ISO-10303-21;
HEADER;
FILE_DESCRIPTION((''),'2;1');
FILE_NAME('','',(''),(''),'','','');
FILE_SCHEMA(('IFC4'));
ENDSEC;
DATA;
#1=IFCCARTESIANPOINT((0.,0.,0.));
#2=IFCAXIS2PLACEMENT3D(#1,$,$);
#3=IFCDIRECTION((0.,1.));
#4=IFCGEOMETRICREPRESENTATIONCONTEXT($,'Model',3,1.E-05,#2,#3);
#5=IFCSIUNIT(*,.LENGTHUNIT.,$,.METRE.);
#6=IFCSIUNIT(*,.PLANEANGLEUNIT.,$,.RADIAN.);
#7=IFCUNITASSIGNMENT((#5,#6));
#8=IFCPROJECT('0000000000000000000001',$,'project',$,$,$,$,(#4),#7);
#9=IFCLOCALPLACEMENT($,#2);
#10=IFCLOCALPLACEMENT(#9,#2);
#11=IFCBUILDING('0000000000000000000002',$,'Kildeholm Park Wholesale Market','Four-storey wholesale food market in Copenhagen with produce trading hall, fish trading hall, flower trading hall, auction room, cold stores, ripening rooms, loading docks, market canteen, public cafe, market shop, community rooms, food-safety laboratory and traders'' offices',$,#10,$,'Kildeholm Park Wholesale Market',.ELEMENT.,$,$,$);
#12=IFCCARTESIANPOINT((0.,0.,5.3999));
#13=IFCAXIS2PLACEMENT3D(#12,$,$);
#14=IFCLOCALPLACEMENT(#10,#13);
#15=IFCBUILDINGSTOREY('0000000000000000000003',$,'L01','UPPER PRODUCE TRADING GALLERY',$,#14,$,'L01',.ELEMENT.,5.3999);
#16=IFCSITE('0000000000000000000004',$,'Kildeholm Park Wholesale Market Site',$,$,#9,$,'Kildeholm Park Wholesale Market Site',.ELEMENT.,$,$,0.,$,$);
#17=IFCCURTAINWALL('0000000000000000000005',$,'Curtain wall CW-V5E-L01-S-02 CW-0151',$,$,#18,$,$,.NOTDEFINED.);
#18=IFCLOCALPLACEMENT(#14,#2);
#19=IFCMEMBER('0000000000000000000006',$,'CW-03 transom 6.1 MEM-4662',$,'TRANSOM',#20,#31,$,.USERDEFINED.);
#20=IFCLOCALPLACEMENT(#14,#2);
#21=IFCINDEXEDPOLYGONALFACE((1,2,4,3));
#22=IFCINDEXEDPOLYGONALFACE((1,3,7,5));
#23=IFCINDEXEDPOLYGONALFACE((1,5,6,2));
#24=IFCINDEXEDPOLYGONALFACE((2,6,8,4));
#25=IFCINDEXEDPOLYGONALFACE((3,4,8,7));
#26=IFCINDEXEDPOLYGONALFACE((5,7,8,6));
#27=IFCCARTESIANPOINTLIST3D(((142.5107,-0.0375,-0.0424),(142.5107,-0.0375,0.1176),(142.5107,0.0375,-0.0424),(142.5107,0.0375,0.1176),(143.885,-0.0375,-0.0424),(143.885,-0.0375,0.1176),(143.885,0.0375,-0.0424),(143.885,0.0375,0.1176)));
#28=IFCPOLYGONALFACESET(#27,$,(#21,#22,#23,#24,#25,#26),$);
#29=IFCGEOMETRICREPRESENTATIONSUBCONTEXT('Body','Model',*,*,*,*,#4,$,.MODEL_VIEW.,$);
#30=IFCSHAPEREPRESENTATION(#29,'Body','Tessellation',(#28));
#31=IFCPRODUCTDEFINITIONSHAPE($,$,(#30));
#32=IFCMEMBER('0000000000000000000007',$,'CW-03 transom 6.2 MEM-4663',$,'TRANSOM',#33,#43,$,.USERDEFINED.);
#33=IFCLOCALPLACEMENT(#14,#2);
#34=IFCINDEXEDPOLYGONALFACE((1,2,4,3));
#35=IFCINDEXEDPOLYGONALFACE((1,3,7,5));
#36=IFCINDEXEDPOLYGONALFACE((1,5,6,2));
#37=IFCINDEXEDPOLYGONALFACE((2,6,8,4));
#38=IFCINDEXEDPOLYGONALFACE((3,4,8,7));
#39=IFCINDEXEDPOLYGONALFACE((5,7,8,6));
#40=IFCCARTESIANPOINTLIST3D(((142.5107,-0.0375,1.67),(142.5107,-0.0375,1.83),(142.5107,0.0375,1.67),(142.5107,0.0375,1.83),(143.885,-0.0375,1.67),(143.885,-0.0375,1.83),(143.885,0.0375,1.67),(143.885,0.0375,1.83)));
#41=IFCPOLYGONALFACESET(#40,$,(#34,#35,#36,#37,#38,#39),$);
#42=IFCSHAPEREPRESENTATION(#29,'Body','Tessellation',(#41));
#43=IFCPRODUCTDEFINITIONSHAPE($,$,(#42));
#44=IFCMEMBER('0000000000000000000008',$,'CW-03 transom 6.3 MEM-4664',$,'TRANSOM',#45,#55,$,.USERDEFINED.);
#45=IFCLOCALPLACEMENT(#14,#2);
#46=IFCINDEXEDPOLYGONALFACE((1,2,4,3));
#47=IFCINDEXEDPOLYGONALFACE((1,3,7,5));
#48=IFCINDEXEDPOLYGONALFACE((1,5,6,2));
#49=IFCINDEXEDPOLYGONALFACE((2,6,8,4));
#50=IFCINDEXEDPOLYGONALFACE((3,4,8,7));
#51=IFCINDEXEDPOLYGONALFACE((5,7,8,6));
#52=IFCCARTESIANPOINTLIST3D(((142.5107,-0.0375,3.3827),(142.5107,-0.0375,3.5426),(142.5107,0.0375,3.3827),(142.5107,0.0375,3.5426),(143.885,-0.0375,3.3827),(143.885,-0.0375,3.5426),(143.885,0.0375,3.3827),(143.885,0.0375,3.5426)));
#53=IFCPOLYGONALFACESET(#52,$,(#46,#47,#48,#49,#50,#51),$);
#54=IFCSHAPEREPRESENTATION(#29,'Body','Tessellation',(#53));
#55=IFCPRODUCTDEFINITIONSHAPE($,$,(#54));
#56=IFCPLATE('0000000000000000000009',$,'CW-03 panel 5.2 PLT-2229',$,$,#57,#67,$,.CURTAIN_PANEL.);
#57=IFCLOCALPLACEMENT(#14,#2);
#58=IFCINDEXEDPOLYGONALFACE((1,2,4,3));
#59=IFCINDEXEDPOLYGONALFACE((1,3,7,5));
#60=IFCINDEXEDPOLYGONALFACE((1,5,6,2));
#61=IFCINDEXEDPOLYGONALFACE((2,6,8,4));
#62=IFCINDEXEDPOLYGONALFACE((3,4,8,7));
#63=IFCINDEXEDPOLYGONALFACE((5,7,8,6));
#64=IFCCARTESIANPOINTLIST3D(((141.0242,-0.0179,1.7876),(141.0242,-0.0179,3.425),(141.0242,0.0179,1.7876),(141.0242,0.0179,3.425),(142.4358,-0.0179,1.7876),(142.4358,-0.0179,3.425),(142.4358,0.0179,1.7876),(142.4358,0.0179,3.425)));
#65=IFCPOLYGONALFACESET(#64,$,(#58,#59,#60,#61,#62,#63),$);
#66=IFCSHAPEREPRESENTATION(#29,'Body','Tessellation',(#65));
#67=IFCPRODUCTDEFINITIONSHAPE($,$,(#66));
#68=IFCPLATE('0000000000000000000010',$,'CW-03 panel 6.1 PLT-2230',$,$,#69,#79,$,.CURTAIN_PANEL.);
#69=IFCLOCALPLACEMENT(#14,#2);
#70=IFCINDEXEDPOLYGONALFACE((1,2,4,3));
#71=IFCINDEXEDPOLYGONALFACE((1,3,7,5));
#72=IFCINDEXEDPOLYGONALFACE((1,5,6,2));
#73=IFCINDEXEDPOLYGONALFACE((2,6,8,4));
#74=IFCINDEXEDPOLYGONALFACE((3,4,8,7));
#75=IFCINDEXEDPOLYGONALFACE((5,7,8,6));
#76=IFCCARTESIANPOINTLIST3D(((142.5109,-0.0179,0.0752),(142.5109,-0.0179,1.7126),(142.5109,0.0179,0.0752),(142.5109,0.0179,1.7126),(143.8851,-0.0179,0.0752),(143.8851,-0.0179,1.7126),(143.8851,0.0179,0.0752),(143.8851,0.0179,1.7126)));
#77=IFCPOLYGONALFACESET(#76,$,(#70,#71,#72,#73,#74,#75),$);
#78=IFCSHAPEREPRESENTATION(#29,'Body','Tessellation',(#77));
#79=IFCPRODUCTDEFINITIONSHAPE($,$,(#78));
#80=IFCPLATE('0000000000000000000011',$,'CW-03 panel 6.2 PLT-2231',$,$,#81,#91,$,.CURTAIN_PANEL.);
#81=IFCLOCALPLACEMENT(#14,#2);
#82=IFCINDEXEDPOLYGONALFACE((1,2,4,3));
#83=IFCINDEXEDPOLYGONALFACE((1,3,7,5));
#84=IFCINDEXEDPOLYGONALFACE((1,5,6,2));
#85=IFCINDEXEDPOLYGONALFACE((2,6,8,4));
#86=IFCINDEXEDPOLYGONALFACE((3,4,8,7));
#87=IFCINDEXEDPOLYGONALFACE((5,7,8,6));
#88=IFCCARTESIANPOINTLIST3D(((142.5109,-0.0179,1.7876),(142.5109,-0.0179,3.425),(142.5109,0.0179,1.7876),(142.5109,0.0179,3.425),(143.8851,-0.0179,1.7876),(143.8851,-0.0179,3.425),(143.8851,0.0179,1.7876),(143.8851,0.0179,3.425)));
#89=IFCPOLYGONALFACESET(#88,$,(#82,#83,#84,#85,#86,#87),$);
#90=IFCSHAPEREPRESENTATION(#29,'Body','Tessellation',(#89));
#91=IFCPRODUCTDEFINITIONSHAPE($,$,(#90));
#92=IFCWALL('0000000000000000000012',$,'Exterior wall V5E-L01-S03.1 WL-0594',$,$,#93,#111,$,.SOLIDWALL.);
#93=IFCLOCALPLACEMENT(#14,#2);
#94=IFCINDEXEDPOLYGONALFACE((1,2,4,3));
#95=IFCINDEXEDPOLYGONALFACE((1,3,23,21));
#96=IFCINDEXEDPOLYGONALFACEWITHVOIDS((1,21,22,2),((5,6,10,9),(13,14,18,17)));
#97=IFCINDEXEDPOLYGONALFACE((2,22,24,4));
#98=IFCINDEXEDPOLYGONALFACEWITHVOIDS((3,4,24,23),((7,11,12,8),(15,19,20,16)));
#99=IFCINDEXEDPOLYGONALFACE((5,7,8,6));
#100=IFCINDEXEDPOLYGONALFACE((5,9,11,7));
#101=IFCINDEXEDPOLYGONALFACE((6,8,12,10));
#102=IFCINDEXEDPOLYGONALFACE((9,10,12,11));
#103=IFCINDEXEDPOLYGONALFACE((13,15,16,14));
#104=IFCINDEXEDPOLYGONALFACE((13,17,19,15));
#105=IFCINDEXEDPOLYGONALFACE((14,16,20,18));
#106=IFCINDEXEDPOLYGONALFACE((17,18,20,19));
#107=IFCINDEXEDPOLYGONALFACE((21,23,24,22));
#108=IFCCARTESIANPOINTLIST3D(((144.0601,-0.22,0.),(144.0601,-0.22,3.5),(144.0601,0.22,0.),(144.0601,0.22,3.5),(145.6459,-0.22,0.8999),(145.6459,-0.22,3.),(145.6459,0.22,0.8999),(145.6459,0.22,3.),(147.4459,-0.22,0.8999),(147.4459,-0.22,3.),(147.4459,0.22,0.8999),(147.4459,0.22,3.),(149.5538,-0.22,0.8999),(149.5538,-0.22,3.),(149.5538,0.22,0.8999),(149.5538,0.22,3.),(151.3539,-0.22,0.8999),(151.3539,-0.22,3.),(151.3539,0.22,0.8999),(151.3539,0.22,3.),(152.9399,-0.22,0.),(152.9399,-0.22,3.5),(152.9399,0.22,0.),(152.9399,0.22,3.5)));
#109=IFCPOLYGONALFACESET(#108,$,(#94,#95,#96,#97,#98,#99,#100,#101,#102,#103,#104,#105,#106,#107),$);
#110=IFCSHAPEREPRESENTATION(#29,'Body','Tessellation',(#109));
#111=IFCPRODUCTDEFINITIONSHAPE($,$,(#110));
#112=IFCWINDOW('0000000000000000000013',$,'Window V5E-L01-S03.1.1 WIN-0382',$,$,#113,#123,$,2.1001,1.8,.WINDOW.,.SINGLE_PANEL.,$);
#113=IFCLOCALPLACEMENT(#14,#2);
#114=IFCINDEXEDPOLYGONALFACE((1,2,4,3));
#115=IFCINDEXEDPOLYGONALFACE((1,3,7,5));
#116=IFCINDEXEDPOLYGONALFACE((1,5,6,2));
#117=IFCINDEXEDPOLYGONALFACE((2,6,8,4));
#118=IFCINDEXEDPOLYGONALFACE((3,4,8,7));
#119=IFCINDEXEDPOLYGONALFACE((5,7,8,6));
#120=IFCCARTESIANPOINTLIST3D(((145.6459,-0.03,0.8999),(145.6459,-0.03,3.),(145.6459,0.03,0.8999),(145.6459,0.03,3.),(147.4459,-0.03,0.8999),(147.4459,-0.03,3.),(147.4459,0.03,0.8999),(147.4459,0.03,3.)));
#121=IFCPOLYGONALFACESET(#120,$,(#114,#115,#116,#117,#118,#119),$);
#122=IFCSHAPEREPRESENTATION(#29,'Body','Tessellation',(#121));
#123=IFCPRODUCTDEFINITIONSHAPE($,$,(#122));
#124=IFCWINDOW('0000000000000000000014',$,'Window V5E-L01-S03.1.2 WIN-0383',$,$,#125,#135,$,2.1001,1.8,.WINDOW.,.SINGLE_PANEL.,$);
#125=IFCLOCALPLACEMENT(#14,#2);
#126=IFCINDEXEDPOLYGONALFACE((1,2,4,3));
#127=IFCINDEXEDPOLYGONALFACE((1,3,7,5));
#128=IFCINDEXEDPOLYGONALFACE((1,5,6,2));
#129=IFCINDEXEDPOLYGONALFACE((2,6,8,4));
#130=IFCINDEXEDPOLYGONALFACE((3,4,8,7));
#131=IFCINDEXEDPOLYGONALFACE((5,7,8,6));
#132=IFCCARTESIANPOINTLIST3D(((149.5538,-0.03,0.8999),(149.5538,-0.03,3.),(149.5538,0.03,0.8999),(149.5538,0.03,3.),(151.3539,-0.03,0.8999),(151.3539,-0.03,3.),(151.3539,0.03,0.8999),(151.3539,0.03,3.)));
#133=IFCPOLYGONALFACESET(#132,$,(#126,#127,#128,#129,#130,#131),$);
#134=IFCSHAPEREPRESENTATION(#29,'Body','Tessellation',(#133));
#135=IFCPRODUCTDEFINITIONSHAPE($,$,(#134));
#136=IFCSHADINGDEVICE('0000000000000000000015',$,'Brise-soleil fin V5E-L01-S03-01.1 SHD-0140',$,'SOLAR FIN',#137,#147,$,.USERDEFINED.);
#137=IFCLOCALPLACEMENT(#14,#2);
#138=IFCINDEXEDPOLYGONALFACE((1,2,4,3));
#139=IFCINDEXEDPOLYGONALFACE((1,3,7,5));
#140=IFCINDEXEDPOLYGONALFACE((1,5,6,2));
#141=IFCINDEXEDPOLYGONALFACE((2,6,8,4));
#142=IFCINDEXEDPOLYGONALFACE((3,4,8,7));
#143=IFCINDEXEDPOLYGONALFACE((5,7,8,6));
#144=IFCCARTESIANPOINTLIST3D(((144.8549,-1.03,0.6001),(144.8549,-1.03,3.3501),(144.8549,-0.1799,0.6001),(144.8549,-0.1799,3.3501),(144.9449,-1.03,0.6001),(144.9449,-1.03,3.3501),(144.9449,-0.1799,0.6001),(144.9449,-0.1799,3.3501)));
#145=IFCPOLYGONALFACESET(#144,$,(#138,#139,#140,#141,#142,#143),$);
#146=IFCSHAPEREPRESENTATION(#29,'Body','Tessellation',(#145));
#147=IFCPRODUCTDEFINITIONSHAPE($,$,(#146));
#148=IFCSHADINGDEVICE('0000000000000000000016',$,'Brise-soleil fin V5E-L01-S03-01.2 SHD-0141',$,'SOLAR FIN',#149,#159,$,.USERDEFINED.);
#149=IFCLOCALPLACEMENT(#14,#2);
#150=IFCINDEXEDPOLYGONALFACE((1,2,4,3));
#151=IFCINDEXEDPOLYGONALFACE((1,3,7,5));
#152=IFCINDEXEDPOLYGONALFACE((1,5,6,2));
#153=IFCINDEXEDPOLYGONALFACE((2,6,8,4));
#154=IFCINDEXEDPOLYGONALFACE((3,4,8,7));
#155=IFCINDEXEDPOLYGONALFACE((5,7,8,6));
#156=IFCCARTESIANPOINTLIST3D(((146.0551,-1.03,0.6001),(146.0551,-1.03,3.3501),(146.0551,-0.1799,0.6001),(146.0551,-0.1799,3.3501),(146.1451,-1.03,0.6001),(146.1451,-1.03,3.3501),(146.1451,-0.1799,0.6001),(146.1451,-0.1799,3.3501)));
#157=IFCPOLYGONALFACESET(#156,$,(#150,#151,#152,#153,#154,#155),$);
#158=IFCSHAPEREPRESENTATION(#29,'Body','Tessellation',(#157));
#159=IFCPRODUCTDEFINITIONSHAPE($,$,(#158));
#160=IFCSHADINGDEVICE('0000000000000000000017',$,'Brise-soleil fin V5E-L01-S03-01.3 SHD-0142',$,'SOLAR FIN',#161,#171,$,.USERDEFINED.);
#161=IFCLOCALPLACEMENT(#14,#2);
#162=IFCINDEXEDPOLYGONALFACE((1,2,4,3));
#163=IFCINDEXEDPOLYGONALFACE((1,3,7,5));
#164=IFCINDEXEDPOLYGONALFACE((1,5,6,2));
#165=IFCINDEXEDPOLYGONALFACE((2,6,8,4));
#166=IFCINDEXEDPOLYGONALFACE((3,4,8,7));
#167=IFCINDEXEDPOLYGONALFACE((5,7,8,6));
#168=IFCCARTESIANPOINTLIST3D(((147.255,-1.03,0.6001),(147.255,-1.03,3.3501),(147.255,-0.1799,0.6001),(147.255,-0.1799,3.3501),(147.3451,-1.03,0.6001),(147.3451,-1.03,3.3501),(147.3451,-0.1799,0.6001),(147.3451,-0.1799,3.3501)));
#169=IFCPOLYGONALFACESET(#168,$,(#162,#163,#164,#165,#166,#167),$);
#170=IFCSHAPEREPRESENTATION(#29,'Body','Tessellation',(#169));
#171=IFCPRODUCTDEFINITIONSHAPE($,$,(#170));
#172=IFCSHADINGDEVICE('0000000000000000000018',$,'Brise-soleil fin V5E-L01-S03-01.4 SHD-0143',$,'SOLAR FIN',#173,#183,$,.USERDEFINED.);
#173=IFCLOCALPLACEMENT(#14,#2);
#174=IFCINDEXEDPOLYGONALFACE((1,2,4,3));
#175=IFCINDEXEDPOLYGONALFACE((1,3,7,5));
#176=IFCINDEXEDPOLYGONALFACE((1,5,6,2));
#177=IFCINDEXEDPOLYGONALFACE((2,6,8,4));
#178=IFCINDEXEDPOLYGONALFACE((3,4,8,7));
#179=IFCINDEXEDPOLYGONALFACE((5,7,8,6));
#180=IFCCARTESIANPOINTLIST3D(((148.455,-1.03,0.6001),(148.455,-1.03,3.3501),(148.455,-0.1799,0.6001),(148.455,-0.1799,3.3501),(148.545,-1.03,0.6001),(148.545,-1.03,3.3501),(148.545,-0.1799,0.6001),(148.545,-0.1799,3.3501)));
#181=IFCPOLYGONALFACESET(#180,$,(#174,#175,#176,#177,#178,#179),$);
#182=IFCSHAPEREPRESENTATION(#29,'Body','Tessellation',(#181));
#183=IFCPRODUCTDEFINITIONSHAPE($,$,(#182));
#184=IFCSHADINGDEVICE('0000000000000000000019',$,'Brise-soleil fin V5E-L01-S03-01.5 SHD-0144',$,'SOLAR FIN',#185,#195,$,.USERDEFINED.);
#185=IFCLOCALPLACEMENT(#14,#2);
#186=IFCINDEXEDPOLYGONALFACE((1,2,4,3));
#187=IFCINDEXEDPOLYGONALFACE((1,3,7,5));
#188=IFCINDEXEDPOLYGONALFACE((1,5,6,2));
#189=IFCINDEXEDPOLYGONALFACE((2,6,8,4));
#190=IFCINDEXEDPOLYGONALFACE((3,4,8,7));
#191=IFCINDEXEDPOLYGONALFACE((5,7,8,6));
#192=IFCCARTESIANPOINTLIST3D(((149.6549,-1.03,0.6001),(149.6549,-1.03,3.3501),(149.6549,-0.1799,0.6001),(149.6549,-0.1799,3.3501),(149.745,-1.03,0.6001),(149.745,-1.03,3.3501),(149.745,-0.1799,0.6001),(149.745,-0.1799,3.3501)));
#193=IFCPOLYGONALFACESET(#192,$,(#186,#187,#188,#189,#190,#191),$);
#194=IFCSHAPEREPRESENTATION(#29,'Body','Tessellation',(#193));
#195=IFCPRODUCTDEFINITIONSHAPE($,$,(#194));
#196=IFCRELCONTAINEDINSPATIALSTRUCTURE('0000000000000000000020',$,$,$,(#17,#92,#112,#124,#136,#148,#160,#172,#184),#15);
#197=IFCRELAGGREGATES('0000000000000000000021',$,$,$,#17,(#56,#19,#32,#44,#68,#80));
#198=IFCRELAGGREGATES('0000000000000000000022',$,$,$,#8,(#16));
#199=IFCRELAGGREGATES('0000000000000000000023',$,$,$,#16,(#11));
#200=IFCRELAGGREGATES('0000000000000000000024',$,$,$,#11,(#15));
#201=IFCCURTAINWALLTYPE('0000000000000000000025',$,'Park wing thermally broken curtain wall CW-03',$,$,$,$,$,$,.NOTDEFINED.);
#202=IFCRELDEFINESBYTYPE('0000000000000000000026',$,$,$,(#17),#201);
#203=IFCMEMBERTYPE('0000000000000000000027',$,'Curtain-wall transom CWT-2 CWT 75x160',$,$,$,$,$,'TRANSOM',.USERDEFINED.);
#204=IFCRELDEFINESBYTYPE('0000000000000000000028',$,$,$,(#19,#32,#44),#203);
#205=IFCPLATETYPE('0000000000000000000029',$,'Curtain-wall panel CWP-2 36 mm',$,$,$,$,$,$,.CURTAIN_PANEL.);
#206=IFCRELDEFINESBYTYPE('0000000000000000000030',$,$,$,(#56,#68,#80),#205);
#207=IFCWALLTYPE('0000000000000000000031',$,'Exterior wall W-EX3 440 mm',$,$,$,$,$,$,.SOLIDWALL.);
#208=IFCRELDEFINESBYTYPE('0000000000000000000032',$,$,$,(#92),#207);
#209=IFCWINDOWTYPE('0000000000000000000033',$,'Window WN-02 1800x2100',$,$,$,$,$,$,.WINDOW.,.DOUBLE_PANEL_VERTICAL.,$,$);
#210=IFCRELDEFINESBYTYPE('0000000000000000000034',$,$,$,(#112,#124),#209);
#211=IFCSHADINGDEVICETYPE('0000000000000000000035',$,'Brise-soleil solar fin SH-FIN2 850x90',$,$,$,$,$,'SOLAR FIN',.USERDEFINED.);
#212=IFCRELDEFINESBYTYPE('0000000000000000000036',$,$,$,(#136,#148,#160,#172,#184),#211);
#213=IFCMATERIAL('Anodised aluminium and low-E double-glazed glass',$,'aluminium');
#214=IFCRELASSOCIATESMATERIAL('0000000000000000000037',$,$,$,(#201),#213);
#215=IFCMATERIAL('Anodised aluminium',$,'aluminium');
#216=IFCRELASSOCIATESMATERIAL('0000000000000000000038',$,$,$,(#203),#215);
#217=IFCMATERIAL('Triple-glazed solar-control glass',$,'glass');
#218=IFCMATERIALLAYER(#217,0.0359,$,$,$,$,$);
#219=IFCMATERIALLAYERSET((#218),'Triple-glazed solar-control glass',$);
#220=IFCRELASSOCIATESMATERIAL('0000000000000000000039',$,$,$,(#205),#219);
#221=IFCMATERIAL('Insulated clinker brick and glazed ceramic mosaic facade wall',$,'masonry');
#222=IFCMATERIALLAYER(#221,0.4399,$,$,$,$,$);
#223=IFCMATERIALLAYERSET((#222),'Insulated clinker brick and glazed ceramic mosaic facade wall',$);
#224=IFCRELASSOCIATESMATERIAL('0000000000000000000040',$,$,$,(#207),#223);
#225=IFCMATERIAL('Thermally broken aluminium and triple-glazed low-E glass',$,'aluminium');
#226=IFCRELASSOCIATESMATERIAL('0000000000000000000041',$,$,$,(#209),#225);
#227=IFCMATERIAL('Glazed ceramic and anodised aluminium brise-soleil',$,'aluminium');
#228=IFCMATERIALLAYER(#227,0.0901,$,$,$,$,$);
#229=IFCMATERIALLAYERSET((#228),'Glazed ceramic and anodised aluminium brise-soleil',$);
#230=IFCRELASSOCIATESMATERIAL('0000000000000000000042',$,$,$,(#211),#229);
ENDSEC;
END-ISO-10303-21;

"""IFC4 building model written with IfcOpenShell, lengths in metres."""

from ifc_helpers import new_model, si_unit, direction, frame, frame_2d, origin, origin_2d, place, context, subcontext, project, spatial, rectangle, extrude, material, layer, layer_set, material_profile, profile_set, type_object, element, fill, aggregate, save


model = new_model("IFC4")

# Units and contexts
model_context = context("Model", 3, precision=1e-05, world=origin(), true_north=direction((0.0, 1.0)))
body_context = subcontext(model_context, "Body", "Model", "MODEL_VIEW")
ifc_project = project(units=[si_unit("LENGTHUNIT", "METRE"), si_unit("PLANEANGLEUNIT", "RADIAN")], contexts=[model_context])

# Site, building, storey
site_placement = place(None, origin())
site = spatial("IfcSite", under=ifc_project, at=site_placement, Name="Kildeholm Park Wholesale Market Site", LongName="Kildeholm Park Wholesale Market Site", CompositionType="ELEMENT", RefElevation=0.0)
building_placement = place(site_placement, origin())
building = spatial("IfcBuilding", under=site, at=building_placement, Name="Kildeholm Park Wholesale Market", Description="Four-storey wholesale food market in Copenhagen with produce trading hall, fish trading hall, flower trading hall, auction room, cold stores, ripening rooms, loading docks, market canteen, public cafe, market shop, community rooms, food-safety laboratory and traders' offices", LongName="Kildeholm Park Wholesale Market", CompositionType="ELEMENT")
storey_placement = place(building_placement, frame((0.0, 0.0, 5.3999)))
storey = spatial("IfcBuildingStorey", under=building, at=storey_placement, Name="L01", Description="UPPER PRODUCE TRADING GALLERY", LongName="L01", CompositionType="ELEMENT", Elevation=5.3999)

# Curtain wall, members, plates
ifc_material_1 = material(Name="Anodised aluminium and low-E double-glazed glass", Category="aluminium")
curtain_wall_type = type_object("IfcCurtainWallType", Name="Park wing thermally broken curtain wall CW-03", PredefinedType="NOTDEFINED", material=ifc_material_1)
curtain_wall_placement = place(storey_placement, origin())
curtain_wall = element("IfcCurtainWall", 1, at=curtain_wall_placement, inside=storey, type_object=curtain_wall_type, Name="Curtain wall CW-V5E-L01-S-02 CW-0151", PredefinedType="NOTDEFINED")
ifc_material_2 = material(Name="Anodised aluminium", Category="aluminium")
ifc_material_profile_1 = material_profile(ifc_material_2, rectangle(XDim=0.075, YDim=0.1599, at=origin_2d()), Name="CWT 75x160")
ifc_profile_set_1 = profile_set([ifc_material_profile_1], Name="Anodised aluminium")
member_type_1 = type_object("IfcMemberType", Name="Curtain-wall transom CWT-2 CWT 75x160", ElementType="TRANSOM", PredefinedType="USERDEFINED", material=ifc_profile_set_1)
member_1_placement = place(storey_placement, frame((142.5107, 0.0, 0.0376), z_axis=(1.0, 0.0, 0.0), x_axis=(0.0, 1.0, 0.0)))
member_1 = element("IfcMember", 2, at=member_1_placement, type_object=member_type_1, Name="CW-03 transom 6.1 MEM-4662", ObjectType="TRANSOM", PredefinedType="USERDEFINED", context=body_context, shape_type="SweptSolid", body=[
    extrude(rectangle(XDim=0.075, YDim=0.1599, at=origin_2d()), origin(), (0.0, 0.0, 1.0), 1.3743),
])
member_2_placement = place(storey_placement, frame((142.5107, 0.0, 1.75), z_axis=(1.0, 0.0, 0.0), x_axis=(0.0, 1.0, 0.0)))
member_2 = element("IfcMember", 3, at=member_2_placement, type_object=member_type_1, Name="CW-03 transom 6.2 MEM-4663", ObjectType="TRANSOM", PredefinedType="USERDEFINED", context=body_context, shape_type="SweptSolid", body=[
    extrude(rectangle(XDim=0.075, YDim=0.1599, at=origin_2d()), origin(), (0.0, 0.0, 1.0), 1.3743),
])
member_3_placement = place(storey_placement, frame((142.5107, 0.0, 3.4626), z_axis=(1.0, 0.0, 0.0), x_axis=(0.0, 1.0, 0.0)))
member_3 = element("IfcMember", 4, at=member_3_placement, type_object=member_type_1, Name="CW-03 transom 6.3 MEM-4664", ObjectType="TRANSOM", PredefinedType="USERDEFINED", context=body_context, shape_type="SweptSolid", body=[
    extrude(rectangle(XDim=0.075, YDim=0.1599, at=origin_2d()), origin(), (0.0, 0.0, 1.0), 1.3743),
])
ifc_material_3 = material(Name="Triple-glazed solar-control glass", Category="glass")
ifc_layer_1 = layer(ifc_material_3, 0.0359)
ifc_layer_set_1 = layer_set([ifc_layer_1], Name="Triple-glazed solar-control glass")
plate_type = type_object("IfcPlateType", Name="Curtain-wall panel CWP-2 36 mm", PredefinedType="CURTAIN_PANEL", material=ifc_layer_set_1)
plate_1_placement = place(storey_placement, frame((141.73, 0.0, 1.7876), z_axis=(0.0, 0.0, 1.0), x_axis=(1.0, 0.0, 0.0)))
plate_1 = element("IfcPlate", 5, at=plate_1_placement, type_object=plate_type, Name="CW-03 panel 5.2 PLT-2229", PredefinedType="CURTAIN_PANEL", context=body_context, shape_type="SweptSolid", body=[
    extrude(rectangle(XDim=1.4116, YDim=0.0359, at=origin_2d()), origin(), (0.0, 0.0, 1.0), 1.6375),
])
plate_2_placement = place(storey_placement, frame((143.198, 0.0, 0.0752), z_axis=(0.0, 0.0, 1.0), x_axis=(1.0, 0.0, 0.0)))
plate_2 = element("IfcPlate", 6, at=plate_2_placement, type_object=plate_type, Name="CW-03 panel 6.1 PLT-2230", PredefinedType="CURTAIN_PANEL", context=body_context, shape_type="SweptSolid", body=[
    extrude(rectangle(XDim=1.3743, YDim=0.0359, at=origin_2d()), origin(), (0.0, 0.0, 1.0), 1.6375),
])
plate_3_placement = place(storey_placement, frame((143.198, 0.0, 1.7876), z_axis=(0.0, 0.0, 1.0), x_axis=(1.0, 0.0, 0.0)))
plate_3 = element("IfcPlate", 7, at=plate_3_placement, type_object=plate_type, Name="CW-03 panel 6.2 PLT-2231", PredefinedType="CURTAIN_PANEL", context=body_context, shape_type="SweptSolid", body=[
    extrude(rectangle(XDim=1.3743, YDim=0.0359, at=origin_2d()), origin(), (0.0, 0.0, 1.0), 1.6375),
])
aggregate(curtain_wall, [plate_1, member_1, member_2, member_3, plate_2, plate_3])

# Wall, openings, windows
ifc_material_4 = material(Name="Insulated clinker brick and glazed ceramic mosaic facade wall", Category="masonry")
ifc_layer_2 = layer(ifc_material_4, 0.4399)
ifc_layer_set_2 = layer_set([ifc_layer_2], Name="Insulated clinker brick and glazed ceramic mosaic facade wall")
wall_type = type_object("IfcWallType", Name="Exterior wall W-EX3 440 mm", PredefinedType="SOLIDWALL", material=ifc_layer_set_2)
wall_placement = place(storey_placement, frame((144.0601, 0.0, 0.0), z_axis=(0.0, 0.0, 1.0), x_axis=(1.0, 0.0, 0.0)))
wall = element("IfcWall", 8, at=wall_placement, inside=storey, type_object=wall_type, Name="Exterior wall V5E-L01-S03.1 WL-0594", PredefinedType="SOLIDWALL", context=body_context, shape_type="SweptSolid", body=[
    extrude(rectangle(XDim=8.8799, YDim=0.4399, at=frame_2d((4.4399, 0.0))), origin(), (0.0, 0.0, 1.0), 3.5),
])
opening_1_placement = place(wall_placement, frame((1.5859, 0.0, 0.8999)))
opening_1 = element("IfcOpeningElement", 9, at=opening_1_placement, cuts=wall, PredefinedType="OPENING", context=body_context, shape_type="SweptSolid", body=[
    extrude(rectangle(XDim=1.8, YDim=2.1001, at=frame_2d((0.8999, 1.05))), frame((0.0, 0.23, 0.0), z_axis=(0.0, -1.0, 0.0), x_axis=(1.0, 0.0, 0.0)), (0.0, 0.0, 1.0), 0.46),
])
opening_2_placement = place(wall_placement, frame((5.4939, 0.0, 0.8999)))
opening_2 = element("IfcOpeningElement", 10, at=opening_2_placement, cuts=wall, PredefinedType="OPENING", context=body_context, shape_type="SweptSolid", body=[
    extrude(rectangle(XDim=1.8, YDim=2.1001, at=frame_2d((0.8999, 1.05))), frame((0.0, 0.23, 0.0), z_axis=(0.0, -1.0, 0.0), x_axis=(1.0, 0.0, 0.0)), (0.0, 0.0, 1.0), 0.46),
])
ifc_material_5 = material(Name="Thermally broken aluminium and triple-glazed low-E glass", Category="aluminium")
window_type = type_object("IfcWindowType", Name="Window WN-02 1800x2100", PartitioningType="DOUBLE_PANEL_VERTICAL", PredefinedType="WINDOW", material=ifc_material_5)
window_1_placement = place(opening_1_placement, origin())
window_1 = element("IfcWindow", 11, at=window_1_placement, inside=storey, type_object=window_type, Name="Window V5E-L01-S03.1.1 WIN-0382", OverallHeight=2.1001, OverallWidth=1.8, PartitioningType="SINGLE_PANEL", PredefinedType="WINDOW", context=body_context, shape_type="SweptSolid", body=[
    extrude(rectangle(XDim=1.8, YDim=2.1001, at=frame_2d((0.8999, 1.05))), frame((0.0, 0.03, 0.0), z_axis=(0.0, -1.0, 0.0), x_axis=(1.0, 0.0, 0.0)), (0.0, 0.0, 1.0), 0.0601),
])
fill(opening_1, window_1)
window_2_placement = place(opening_2_placement, origin())
window_2 = element("IfcWindow", 12, at=window_2_placement, inside=storey, type_object=window_type, Name="Window V5E-L01-S03.1.2 WIN-0383", OverallHeight=2.1001, OverallWidth=1.8, PartitioningType="SINGLE_PANEL", PredefinedType="WINDOW", context=body_context, shape_type="SweptSolid", body=[
    extrude(rectangle(XDim=1.8, YDim=2.1001, at=frame_2d((0.8999, 1.05))), frame((0.0, 0.03, 0.0), z_axis=(0.0, -1.0, 0.0), x_axis=(1.0, 0.0, 0.0)), (0.0, 0.0, 1.0), 0.0601),
])
fill(opening_2, window_2)

# Shading devices
ifc_material_6 = material(Name="Glazed ceramic and anodised aluminium brise-soleil", Category="aluminium")
ifc_layer_3 = layer(ifc_material_6, 0.0901)
ifc_layer_set_3 = layer_set([ifc_layer_3], Name="Glazed ceramic and anodised aluminium brise-soleil")
shading_device_type = type_object("IfcShadingDeviceType", Name="Brise-soleil solar fin SH-FIN2 850x90", ElementType="SOLAR FIN", PredefinedType="USERDEFINED", material=ifc_layer_set_3)
for number, where, z_axis, x_axis, name in (
    (13, (144.8999, -0.605, 0.6001), (0.0, 0.0, 1.0), (0.0, -1.0, 0.0), "Brise-soleil fin V5E-L01-S03-01.1 SHD-0140"),
    (14, (146.1001, -0.605, 0.6001), (0.0, 0.0, 1.0), (0.0, -1.0, 0.0), "Brise-soleil fin V5E-L01-S03-01.2 SHD-0141"),
    (15, (147.3, -0.605, 0.6001), (0.0, 0.0, 1.0), (0.0, -1.0, 0.0), "Brise-soleil fin V5E-L01-S03-01.3 SHD-0142"),
    (16, (148.5, -0.605, 0.6001), (0.0, 0.0, 1.0), (0.0, -1.0, 0.0), "Brise-soleil fin V5E-L01-S03-01.4 SHD-0143"),
    (17, (149.7, -0.605, 0.6001), (0.0, 0.0, 1.0), (0.0, -1.0, 0.0), "Brise-soleil fin V5E-L01-S03-01.5 SHD-0144"),
):
    element("IfcShadingDevice", number, at=place(storey_placement, frame(where, z_axis=z_axis, x_axis=x_axis)), inside=storey, type_object=shading_device_type, Name=name, ObjectType="SOLAR FIN", PredefinedType="USERDEFINED", context=body_context, shape_type="SweptSolid", body=[
        extrude(rectangle(XDim=0.8501, YDim=0.0901, at=origin_2d()), origin(), (0.0, 0.0, 1.0), 2.75),
    ])

save(model, "model.ifc")
